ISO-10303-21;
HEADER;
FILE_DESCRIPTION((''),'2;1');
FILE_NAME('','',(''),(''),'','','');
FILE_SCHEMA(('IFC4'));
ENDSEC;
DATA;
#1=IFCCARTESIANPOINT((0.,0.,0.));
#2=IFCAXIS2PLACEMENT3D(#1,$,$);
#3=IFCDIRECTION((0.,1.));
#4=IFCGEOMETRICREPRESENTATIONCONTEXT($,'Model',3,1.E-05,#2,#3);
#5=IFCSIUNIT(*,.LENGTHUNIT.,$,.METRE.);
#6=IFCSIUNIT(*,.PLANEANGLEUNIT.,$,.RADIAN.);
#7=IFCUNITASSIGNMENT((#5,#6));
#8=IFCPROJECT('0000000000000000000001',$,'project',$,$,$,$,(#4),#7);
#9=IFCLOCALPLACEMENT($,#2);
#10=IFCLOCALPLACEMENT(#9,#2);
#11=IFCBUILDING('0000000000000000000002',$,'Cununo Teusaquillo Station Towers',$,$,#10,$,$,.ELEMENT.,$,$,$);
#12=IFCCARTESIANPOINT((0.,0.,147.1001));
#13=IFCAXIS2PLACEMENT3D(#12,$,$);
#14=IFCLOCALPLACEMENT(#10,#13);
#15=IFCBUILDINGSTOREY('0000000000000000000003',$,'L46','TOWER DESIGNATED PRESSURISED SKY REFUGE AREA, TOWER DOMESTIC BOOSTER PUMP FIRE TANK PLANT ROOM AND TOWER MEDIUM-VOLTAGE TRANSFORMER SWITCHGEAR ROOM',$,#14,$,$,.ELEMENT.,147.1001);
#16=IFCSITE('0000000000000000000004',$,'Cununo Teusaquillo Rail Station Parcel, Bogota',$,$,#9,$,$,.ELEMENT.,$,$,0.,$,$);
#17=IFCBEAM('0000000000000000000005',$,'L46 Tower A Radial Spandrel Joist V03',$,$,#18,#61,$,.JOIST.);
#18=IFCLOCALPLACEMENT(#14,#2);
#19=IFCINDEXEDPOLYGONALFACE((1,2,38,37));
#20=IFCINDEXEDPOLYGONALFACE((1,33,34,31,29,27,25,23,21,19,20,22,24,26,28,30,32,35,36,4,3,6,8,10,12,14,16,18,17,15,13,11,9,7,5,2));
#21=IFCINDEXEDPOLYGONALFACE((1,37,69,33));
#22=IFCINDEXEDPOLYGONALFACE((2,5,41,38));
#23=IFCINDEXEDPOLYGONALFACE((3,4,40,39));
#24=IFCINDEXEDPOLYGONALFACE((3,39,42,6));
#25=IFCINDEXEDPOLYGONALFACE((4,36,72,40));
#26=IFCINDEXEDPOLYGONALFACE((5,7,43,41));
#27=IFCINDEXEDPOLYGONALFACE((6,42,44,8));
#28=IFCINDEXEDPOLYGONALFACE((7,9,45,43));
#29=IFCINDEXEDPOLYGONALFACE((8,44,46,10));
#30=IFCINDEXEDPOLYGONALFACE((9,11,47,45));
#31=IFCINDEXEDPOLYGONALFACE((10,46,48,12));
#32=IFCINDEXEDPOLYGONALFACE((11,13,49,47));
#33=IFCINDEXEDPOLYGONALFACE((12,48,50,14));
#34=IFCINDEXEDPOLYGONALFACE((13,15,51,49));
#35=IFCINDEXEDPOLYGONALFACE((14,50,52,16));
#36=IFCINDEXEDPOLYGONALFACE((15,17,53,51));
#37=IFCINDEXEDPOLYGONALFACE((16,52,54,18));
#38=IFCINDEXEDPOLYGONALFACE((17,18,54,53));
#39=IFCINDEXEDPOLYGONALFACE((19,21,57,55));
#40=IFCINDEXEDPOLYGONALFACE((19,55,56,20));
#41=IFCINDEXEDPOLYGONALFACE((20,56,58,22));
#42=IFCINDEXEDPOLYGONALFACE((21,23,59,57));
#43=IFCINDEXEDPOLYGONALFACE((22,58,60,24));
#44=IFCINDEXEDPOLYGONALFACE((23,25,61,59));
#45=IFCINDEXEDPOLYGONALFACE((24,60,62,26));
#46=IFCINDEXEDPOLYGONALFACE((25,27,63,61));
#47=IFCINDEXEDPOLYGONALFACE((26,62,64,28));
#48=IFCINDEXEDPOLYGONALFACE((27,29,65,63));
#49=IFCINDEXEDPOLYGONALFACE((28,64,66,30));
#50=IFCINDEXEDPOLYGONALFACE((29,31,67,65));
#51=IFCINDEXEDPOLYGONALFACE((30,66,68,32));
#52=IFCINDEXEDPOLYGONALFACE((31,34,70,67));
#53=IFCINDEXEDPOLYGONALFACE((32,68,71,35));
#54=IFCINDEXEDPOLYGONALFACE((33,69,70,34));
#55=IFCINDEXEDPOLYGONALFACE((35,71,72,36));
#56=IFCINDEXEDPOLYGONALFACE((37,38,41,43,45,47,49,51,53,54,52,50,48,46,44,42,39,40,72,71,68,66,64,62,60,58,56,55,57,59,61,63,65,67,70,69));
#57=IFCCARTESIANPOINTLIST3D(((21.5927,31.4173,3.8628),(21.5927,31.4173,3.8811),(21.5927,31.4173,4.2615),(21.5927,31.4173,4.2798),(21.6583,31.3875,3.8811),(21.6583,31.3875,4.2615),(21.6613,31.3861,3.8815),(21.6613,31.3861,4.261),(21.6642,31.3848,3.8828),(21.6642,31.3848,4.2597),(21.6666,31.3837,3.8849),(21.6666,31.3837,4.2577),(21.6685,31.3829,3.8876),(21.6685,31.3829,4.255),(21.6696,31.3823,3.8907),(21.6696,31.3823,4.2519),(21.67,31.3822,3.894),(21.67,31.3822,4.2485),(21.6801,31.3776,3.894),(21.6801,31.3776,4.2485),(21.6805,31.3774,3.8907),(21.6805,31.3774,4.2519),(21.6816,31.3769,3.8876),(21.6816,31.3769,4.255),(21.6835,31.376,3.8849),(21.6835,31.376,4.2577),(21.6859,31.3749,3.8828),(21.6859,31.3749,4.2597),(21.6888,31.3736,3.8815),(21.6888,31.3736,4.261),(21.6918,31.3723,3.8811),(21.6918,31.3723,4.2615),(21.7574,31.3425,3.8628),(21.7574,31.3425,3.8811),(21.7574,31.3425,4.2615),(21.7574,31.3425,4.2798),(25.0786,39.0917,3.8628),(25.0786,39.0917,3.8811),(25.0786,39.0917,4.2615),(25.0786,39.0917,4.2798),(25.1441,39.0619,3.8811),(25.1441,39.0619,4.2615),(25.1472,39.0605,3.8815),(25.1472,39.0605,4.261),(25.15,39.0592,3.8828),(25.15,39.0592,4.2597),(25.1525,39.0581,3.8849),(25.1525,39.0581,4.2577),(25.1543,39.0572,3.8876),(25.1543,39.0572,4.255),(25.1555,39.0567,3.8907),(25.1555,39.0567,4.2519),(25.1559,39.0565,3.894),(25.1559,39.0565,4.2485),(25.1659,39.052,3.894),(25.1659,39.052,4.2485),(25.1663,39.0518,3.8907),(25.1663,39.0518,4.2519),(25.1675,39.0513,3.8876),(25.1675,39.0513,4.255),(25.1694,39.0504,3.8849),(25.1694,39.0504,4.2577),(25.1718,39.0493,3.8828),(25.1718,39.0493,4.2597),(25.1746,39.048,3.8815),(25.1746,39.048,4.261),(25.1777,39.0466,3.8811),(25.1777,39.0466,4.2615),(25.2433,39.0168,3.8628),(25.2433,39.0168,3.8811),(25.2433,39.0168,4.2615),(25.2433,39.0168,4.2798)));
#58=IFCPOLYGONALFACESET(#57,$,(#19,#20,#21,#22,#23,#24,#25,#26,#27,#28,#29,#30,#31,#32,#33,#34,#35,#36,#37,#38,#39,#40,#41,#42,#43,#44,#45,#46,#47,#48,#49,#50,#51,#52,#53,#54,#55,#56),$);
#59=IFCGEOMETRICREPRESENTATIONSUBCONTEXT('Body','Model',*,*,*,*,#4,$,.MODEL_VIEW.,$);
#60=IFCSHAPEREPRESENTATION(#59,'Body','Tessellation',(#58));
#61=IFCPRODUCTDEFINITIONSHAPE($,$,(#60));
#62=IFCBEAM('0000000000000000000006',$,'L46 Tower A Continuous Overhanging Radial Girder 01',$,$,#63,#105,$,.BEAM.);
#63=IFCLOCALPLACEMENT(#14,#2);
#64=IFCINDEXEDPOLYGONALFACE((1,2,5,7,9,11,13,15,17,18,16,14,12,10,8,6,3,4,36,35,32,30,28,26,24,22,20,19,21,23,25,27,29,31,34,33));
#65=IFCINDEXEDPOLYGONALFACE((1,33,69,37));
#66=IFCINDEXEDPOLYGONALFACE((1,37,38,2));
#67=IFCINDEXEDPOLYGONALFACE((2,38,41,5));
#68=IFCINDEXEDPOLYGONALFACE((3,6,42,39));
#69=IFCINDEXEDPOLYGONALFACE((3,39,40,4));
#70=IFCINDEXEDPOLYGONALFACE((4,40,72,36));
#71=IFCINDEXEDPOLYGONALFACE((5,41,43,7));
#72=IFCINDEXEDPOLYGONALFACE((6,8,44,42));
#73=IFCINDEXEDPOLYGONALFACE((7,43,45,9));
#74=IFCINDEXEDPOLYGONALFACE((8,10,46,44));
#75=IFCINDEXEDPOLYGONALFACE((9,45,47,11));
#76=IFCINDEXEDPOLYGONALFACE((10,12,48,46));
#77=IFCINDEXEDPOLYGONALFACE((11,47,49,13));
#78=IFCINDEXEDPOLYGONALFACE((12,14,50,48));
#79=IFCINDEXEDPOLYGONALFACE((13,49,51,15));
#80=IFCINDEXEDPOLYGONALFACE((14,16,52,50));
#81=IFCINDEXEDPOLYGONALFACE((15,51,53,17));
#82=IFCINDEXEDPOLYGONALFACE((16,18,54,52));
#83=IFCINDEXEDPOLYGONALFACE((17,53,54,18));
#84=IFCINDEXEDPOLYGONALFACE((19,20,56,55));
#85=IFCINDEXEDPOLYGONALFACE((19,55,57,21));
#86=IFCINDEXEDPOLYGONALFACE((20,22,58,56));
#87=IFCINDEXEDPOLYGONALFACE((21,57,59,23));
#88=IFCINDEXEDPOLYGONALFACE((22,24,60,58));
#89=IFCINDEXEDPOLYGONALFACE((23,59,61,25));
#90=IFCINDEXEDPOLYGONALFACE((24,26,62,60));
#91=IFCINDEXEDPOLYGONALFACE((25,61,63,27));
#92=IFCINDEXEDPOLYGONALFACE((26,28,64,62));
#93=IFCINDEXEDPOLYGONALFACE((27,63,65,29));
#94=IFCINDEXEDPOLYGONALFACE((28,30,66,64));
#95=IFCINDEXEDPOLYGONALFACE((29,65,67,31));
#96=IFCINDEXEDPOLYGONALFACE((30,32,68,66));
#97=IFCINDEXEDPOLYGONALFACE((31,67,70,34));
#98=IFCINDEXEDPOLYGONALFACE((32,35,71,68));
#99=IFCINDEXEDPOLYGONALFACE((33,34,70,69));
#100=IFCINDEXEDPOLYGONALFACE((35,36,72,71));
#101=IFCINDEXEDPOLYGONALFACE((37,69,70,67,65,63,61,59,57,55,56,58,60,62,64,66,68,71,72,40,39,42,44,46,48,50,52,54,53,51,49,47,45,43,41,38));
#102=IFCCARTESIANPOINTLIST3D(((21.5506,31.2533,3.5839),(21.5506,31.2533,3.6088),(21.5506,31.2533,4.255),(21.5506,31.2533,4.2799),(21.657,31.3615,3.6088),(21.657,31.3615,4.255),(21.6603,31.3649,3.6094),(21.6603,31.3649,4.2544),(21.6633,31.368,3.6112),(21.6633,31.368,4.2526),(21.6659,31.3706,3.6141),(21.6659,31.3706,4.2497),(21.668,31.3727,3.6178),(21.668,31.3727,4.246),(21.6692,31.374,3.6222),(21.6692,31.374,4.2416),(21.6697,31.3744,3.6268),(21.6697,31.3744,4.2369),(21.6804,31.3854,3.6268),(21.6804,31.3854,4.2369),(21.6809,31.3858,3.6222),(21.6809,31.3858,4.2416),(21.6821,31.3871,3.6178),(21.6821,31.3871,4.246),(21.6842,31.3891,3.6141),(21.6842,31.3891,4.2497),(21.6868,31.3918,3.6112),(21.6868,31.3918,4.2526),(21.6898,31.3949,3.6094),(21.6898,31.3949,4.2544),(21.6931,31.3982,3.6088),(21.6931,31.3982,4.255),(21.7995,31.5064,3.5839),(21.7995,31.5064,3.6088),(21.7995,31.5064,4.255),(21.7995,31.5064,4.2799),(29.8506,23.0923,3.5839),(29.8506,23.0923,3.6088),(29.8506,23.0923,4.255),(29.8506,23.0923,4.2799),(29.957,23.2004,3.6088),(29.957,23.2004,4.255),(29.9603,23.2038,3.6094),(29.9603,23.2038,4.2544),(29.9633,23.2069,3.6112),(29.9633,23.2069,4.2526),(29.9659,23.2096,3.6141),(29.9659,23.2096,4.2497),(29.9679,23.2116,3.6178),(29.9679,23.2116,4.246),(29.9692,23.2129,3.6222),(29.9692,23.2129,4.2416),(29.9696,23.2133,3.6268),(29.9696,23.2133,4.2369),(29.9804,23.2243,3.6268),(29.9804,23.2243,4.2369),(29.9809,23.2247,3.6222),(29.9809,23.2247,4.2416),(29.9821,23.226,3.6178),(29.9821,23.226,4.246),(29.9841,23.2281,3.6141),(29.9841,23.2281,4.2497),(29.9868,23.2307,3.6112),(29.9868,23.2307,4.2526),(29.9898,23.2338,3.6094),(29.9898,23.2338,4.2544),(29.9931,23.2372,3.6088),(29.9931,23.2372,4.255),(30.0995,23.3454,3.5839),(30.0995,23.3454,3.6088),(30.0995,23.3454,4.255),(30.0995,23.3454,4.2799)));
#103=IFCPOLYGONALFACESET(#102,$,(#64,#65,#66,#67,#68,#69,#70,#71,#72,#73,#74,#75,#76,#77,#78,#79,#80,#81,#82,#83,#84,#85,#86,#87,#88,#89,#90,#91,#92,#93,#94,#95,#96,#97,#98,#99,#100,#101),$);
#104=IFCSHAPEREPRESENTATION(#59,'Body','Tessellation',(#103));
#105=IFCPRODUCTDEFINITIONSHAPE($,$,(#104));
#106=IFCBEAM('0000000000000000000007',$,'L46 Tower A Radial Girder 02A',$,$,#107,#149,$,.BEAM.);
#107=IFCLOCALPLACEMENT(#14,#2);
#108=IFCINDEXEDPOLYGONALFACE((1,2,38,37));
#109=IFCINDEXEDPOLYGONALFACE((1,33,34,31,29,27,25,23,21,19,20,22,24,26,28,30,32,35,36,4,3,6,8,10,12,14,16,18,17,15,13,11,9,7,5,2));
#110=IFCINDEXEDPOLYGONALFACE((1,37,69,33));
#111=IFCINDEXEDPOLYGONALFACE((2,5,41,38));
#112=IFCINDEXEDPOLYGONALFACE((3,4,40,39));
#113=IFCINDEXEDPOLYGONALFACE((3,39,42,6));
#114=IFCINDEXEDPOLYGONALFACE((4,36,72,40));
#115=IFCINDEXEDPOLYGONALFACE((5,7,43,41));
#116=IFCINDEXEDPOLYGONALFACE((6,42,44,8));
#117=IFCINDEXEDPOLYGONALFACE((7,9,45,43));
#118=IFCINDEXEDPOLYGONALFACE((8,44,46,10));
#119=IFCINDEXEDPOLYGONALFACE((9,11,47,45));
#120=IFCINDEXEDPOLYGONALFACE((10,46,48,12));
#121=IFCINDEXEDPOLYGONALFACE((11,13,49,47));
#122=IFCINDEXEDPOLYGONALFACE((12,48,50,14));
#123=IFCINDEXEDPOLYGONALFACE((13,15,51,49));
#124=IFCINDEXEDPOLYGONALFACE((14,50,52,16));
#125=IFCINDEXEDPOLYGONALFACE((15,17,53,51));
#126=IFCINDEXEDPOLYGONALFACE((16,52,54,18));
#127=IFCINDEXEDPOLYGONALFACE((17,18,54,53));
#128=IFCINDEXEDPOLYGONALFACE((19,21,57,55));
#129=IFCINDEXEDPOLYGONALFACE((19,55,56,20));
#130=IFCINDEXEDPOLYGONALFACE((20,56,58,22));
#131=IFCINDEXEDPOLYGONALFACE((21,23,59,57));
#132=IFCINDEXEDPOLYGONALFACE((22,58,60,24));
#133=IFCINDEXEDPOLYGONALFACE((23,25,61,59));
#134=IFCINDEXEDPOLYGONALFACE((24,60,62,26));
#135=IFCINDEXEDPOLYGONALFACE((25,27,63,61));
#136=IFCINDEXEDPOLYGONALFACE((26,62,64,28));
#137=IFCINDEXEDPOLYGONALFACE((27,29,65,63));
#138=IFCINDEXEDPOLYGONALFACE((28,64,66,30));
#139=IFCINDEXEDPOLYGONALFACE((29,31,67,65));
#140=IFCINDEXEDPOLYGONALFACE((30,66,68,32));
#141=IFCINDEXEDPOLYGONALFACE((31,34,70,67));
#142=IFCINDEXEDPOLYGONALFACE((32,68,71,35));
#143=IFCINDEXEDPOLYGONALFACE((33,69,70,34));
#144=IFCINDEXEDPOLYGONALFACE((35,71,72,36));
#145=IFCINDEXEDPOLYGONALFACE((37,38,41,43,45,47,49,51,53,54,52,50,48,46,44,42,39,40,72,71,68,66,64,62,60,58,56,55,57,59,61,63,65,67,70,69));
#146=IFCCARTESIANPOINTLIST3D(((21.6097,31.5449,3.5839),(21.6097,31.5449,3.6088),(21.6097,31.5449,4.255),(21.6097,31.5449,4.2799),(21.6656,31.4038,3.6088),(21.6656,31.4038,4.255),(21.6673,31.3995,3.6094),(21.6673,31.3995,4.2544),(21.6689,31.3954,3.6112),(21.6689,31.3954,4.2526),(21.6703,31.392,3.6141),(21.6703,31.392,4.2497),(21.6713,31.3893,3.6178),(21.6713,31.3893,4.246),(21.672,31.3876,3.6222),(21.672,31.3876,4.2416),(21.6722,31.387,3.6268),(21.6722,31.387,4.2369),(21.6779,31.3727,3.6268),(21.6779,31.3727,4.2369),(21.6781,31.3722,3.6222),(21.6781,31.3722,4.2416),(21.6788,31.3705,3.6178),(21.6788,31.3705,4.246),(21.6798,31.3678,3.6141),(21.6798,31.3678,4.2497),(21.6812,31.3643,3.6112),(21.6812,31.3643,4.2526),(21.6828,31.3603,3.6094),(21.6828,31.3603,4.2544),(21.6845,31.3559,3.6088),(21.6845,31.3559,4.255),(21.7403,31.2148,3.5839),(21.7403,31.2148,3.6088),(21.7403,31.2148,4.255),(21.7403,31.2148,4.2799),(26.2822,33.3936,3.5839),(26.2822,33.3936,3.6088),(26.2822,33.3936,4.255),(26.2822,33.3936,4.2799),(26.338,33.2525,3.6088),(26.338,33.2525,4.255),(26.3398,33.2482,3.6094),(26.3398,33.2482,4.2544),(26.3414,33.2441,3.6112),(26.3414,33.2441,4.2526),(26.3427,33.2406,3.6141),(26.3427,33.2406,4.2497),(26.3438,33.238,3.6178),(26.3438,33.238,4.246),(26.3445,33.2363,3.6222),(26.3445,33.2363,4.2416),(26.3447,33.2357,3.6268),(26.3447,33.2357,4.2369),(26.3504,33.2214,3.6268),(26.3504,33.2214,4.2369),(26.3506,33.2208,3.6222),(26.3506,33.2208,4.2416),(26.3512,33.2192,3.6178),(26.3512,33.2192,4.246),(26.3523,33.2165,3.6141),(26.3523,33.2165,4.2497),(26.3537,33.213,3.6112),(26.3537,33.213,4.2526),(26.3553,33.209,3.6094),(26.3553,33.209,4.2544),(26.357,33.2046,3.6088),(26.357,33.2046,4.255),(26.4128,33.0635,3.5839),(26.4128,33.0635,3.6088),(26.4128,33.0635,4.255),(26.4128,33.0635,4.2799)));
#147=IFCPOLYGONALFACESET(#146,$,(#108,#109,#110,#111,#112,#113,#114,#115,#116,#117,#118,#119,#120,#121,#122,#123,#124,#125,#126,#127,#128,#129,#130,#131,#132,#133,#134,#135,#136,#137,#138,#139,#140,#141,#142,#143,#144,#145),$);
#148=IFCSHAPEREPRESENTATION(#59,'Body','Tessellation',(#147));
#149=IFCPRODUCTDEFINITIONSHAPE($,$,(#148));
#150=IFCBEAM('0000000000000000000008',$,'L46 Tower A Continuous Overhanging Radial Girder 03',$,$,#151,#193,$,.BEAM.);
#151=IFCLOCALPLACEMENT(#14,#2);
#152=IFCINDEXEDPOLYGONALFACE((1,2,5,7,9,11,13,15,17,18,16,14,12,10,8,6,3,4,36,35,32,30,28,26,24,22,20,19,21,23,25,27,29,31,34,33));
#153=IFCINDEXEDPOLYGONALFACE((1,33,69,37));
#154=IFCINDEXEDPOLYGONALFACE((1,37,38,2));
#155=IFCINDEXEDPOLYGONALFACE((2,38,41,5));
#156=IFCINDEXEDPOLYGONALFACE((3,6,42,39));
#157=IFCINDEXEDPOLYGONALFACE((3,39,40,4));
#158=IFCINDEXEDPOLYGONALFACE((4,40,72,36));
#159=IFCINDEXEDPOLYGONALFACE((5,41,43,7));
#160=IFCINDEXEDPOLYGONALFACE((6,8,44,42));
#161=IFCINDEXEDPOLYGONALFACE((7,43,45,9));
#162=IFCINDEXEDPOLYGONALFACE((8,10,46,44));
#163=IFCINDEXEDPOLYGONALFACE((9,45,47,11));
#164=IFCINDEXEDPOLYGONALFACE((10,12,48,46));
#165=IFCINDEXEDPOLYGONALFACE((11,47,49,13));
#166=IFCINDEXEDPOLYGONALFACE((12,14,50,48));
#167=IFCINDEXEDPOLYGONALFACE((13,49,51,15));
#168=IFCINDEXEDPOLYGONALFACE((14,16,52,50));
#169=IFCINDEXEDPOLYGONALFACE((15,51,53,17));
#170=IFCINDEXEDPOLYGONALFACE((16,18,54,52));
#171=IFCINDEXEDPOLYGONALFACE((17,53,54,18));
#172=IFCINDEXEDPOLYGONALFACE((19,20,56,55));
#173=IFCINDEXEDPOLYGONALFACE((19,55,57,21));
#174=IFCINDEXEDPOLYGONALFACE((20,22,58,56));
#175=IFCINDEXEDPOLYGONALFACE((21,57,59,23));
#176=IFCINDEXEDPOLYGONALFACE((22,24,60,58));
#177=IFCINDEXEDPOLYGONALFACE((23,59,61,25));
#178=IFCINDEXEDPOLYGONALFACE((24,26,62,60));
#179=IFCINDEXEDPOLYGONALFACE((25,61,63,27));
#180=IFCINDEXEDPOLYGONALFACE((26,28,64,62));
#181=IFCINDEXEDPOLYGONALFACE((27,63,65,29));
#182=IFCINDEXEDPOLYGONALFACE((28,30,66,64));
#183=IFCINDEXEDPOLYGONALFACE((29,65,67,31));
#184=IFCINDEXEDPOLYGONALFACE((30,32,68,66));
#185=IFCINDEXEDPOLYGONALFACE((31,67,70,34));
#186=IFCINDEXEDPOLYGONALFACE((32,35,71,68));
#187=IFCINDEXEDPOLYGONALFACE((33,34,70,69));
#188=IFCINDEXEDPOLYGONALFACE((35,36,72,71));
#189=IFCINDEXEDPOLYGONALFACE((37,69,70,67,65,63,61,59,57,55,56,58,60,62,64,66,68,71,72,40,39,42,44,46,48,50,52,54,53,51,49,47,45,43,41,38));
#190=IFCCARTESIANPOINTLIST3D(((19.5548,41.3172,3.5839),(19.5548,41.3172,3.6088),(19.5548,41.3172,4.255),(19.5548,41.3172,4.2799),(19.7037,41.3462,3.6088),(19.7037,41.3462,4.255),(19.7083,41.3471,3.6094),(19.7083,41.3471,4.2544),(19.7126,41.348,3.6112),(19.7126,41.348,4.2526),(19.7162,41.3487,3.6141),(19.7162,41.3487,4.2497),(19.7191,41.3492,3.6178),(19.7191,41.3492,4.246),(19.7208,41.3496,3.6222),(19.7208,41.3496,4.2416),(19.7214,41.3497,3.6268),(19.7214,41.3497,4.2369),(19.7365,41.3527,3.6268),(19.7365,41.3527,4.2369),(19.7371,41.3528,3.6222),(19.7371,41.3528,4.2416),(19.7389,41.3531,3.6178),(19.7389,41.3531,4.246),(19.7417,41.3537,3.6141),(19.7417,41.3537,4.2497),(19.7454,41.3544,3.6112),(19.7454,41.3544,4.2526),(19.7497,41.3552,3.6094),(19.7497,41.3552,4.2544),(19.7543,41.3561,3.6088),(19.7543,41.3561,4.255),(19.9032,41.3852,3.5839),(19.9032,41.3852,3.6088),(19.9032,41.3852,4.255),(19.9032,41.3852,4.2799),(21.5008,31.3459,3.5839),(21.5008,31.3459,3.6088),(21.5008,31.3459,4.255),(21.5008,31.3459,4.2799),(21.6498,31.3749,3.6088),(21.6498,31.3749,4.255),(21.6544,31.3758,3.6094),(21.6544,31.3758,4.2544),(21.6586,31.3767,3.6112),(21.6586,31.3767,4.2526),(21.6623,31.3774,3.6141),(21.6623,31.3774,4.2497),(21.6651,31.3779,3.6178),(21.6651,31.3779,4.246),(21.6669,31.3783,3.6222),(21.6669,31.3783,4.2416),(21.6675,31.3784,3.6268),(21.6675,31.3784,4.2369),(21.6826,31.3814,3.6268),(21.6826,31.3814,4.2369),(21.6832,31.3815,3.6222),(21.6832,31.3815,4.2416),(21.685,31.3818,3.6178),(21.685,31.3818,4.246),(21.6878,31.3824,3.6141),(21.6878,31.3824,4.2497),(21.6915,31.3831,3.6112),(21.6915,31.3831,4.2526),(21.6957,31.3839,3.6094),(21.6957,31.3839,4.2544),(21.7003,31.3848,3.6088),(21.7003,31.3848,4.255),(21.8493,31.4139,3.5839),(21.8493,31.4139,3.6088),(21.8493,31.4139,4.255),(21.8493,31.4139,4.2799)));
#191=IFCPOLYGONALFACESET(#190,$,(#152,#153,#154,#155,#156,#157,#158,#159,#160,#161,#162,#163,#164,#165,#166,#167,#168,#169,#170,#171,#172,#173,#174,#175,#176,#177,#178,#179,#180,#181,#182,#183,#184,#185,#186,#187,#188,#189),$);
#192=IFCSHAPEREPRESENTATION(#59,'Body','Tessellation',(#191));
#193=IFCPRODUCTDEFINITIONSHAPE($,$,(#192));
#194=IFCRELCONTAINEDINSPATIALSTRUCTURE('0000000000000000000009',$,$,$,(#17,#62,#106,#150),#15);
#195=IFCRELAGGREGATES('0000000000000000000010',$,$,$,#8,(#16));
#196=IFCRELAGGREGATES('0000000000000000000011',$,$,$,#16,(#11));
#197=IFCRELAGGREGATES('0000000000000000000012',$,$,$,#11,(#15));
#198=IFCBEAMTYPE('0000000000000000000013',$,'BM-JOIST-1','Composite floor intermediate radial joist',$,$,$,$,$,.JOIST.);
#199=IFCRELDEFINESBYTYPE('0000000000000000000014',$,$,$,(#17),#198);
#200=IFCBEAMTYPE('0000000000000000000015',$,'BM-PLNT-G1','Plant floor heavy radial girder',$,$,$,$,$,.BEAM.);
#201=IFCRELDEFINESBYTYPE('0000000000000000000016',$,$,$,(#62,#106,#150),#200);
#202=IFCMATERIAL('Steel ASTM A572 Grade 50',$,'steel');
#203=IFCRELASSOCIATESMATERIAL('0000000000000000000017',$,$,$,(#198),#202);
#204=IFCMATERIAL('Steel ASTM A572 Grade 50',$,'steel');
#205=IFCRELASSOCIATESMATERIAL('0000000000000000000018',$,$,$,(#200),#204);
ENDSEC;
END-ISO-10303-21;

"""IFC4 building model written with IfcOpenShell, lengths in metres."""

from ifc_helpers import new_model, si_unit, direction, frame, origin, origin_2d, place, context, subcontext, project, spatial, i_section, extrude, material, material_profile, profile_set, type_object, element, save


model = new_model("IFC4")

# Units and contexts
model_context = context("Model", 3, precision=1e-05, world=origin(), true_north=direction((0.0, 1.0)))
body_context = subcontext(model_context, "Body", "Model", "MODEL_VIEW")
ifc_project = project(units=[si_unit("LENGTHUNIT", "METRE"), si_unit("PLANEANGLEUNIT", "RADIAN")], contexts=[model_context])

# Site, building, storey
site_placement = place(None, origin())
site = spatial("IfcSite", under=ifc_project, at=site_placement, Name="Cununo Teusaquillo Rail Station Parcel, Bogota", CompositionType="ELEMENT", RefElevation=0.0)
building_placement = place(site_placement, origin())
building = spatial("IfcBuilding", under=site, at=building_placement, Name="Cununo Teusaquillo Station Towers", CompositionType="ELEMENT")
storey_placement = place(building_placement, frame((0.0, 0.0, 147.1001)))
storey = spatial("IfcBuildingStorey", under=building, at=storey_placement, Name="L46", Description="TOWER DESIGNATED PRESSURISED SKY REFUGE AREA, TOWER DOMESTIC BOOSTER PUMP FIRE TANK PLANT ROOM AND TOWER MEDIUM-VOLTAGE TRANSFORMER SWITCHGEAR ROOM", CompositionType="ELEMENT", Elevation=147.1001)

# Beams
ifc_material_1 = material(Name="Steel ASTM A572 Grade 50", Category="steel")
ifc_material_profile_1 = material_profile(ifc_material_1, i_section(OverallWidth=0.1809, OverallDepth=0.417, WebThickness=0.011, FlangeThickness=0.0183, FilletRadius=0.0129, at=origin_2d()), Name="W16X57")
ifc_profile_set_1 = profile_set([ifc_material_profile_1], Name="Steel ASTM A572 Grade 50")
beam_type_1 = type_object("IfcBeamType", Name="BM-JOIST-1", Description="Composite floor intermediate radial joist", PredefinedType="JOIST", material=ifc_profile_set_1)
beam_1_placement = place(storey_placement, frame((21.675, 31.3799, 4.0713), z_axis=(0.413559, 0.910478, 0.0), x_axis=(-0.910478, 0.413559, 0.0)))
element("IfcBeam", 1, at=beam_1_placement, inside=storey, type_object=beam_type_1, Name="L46 Tower A Radial Spandrel Joist V03", PredefinedType="JOIST", context=body_context, shape_type="SweptSolid", body=[
    extrude(i_section(OverallWidth=0.1809, OverallDepth=0.417, WebThickness=0.011, FlangeThickness=0.0183, FilletRadius=0.0129, at=origin_2d()), origin(), (0.0, 0.0, 1.0), 8.429),
])
ifc_material_2 = material(Name="Steel ASTM A572 Grade 50", Category="steel")
ifc_material_profile_2 = material_profile(ifc_material_2, i_section(OverallWidth=0.355, OverallDepth=0.696, WebThickness=0.0154, FlangeThickness=0.0249, FilletRadius=0.0181, at=origin_2d()), Name="W27X146")
ifc_profile_set_2 = profile_set([ifc_material_profile_2], Name="Steel ASTM A572 Grade 50")
beam_type_2 = type_object("IfcBeamType", Name="BM-PLNT-G1", Description="Plant floor heavy radial girder", PredefinedType="BEAM", material=ifc_profile_set_2)
beam_2_placement = place(storey_placement, frame((21.675, 31.3799, 3.9319), z_axis=(0.713049, -0.701115, 0.0), x_axis=(0.701115, 0.713049, 0.0)))
element("IfcBeam", 2, at=beam_2_placement, inside=storey, type_object=beam_type_2, Name="L46 Tower A Continuous Overhanging Radial Girder 01", PredefinedType="BEAM", context=body_context, shape_type="SweptSolid", body=[
    extrude(i_section(OverallWidth=0.355, OverallDepth=0.696, WebThickness=0.0154, FlangeThickness=0.0249, FilletRadius=0.0181, at=origin_2d()), origin(), (0.0, 0.0, 1.0), 11.6401),
])
beam_3_placement = place(storey_placement, frame((21.675, 31.3799, 3.9319), z_axis=(0.929864, 0.367903, 0.0), x_axis=(-0.367903, 0.929864, 0.0)))
element("IfcBeam", 3, at=beam_3_placement, inside=storey, type_object=beam_type_2, Name="L46 Tower A Radial Girder 02A", PredefinedType="BEAM", context=body_context, shape_type="SweptSolid", body=[
    extrude(i_section(OverallWidth=0.355, OverallDepth=0.696, WebThickness=0.0154, FlangeThickness=0.0249, FilletRadius=0.0181, at=origin_2d()), origin(), (0.0, 0.0, 1.0), 5.0249),
])
beam_4_placement = place(storey_placement, frame((21.675, 31.3799, 3.9319), z_axis=(-0.191553, 0.981482, 0.0), x_axis=(-0.981482, -0.191553, 0.0)))
element("IfcBeam", 4, at=beam_4_placement, inside=storey, type_object=beam_type_2, Name="L46 Tower A Continuous Overhanging Radial Girder 03", PredefinedType="BEAM", context=body_context, shape_type="SweptSolid", body=[
    extrude(i_section(OverallWidth=0.355, OverallDepth=0.696, WebThickness=0.0154, FlangeThickness=0.0249, FilletRadius=0.0181, at=origin_2d()), origin(), (0.0, 0.0, 1.0), 10.1594),
])

save(model, "model.ifc")
